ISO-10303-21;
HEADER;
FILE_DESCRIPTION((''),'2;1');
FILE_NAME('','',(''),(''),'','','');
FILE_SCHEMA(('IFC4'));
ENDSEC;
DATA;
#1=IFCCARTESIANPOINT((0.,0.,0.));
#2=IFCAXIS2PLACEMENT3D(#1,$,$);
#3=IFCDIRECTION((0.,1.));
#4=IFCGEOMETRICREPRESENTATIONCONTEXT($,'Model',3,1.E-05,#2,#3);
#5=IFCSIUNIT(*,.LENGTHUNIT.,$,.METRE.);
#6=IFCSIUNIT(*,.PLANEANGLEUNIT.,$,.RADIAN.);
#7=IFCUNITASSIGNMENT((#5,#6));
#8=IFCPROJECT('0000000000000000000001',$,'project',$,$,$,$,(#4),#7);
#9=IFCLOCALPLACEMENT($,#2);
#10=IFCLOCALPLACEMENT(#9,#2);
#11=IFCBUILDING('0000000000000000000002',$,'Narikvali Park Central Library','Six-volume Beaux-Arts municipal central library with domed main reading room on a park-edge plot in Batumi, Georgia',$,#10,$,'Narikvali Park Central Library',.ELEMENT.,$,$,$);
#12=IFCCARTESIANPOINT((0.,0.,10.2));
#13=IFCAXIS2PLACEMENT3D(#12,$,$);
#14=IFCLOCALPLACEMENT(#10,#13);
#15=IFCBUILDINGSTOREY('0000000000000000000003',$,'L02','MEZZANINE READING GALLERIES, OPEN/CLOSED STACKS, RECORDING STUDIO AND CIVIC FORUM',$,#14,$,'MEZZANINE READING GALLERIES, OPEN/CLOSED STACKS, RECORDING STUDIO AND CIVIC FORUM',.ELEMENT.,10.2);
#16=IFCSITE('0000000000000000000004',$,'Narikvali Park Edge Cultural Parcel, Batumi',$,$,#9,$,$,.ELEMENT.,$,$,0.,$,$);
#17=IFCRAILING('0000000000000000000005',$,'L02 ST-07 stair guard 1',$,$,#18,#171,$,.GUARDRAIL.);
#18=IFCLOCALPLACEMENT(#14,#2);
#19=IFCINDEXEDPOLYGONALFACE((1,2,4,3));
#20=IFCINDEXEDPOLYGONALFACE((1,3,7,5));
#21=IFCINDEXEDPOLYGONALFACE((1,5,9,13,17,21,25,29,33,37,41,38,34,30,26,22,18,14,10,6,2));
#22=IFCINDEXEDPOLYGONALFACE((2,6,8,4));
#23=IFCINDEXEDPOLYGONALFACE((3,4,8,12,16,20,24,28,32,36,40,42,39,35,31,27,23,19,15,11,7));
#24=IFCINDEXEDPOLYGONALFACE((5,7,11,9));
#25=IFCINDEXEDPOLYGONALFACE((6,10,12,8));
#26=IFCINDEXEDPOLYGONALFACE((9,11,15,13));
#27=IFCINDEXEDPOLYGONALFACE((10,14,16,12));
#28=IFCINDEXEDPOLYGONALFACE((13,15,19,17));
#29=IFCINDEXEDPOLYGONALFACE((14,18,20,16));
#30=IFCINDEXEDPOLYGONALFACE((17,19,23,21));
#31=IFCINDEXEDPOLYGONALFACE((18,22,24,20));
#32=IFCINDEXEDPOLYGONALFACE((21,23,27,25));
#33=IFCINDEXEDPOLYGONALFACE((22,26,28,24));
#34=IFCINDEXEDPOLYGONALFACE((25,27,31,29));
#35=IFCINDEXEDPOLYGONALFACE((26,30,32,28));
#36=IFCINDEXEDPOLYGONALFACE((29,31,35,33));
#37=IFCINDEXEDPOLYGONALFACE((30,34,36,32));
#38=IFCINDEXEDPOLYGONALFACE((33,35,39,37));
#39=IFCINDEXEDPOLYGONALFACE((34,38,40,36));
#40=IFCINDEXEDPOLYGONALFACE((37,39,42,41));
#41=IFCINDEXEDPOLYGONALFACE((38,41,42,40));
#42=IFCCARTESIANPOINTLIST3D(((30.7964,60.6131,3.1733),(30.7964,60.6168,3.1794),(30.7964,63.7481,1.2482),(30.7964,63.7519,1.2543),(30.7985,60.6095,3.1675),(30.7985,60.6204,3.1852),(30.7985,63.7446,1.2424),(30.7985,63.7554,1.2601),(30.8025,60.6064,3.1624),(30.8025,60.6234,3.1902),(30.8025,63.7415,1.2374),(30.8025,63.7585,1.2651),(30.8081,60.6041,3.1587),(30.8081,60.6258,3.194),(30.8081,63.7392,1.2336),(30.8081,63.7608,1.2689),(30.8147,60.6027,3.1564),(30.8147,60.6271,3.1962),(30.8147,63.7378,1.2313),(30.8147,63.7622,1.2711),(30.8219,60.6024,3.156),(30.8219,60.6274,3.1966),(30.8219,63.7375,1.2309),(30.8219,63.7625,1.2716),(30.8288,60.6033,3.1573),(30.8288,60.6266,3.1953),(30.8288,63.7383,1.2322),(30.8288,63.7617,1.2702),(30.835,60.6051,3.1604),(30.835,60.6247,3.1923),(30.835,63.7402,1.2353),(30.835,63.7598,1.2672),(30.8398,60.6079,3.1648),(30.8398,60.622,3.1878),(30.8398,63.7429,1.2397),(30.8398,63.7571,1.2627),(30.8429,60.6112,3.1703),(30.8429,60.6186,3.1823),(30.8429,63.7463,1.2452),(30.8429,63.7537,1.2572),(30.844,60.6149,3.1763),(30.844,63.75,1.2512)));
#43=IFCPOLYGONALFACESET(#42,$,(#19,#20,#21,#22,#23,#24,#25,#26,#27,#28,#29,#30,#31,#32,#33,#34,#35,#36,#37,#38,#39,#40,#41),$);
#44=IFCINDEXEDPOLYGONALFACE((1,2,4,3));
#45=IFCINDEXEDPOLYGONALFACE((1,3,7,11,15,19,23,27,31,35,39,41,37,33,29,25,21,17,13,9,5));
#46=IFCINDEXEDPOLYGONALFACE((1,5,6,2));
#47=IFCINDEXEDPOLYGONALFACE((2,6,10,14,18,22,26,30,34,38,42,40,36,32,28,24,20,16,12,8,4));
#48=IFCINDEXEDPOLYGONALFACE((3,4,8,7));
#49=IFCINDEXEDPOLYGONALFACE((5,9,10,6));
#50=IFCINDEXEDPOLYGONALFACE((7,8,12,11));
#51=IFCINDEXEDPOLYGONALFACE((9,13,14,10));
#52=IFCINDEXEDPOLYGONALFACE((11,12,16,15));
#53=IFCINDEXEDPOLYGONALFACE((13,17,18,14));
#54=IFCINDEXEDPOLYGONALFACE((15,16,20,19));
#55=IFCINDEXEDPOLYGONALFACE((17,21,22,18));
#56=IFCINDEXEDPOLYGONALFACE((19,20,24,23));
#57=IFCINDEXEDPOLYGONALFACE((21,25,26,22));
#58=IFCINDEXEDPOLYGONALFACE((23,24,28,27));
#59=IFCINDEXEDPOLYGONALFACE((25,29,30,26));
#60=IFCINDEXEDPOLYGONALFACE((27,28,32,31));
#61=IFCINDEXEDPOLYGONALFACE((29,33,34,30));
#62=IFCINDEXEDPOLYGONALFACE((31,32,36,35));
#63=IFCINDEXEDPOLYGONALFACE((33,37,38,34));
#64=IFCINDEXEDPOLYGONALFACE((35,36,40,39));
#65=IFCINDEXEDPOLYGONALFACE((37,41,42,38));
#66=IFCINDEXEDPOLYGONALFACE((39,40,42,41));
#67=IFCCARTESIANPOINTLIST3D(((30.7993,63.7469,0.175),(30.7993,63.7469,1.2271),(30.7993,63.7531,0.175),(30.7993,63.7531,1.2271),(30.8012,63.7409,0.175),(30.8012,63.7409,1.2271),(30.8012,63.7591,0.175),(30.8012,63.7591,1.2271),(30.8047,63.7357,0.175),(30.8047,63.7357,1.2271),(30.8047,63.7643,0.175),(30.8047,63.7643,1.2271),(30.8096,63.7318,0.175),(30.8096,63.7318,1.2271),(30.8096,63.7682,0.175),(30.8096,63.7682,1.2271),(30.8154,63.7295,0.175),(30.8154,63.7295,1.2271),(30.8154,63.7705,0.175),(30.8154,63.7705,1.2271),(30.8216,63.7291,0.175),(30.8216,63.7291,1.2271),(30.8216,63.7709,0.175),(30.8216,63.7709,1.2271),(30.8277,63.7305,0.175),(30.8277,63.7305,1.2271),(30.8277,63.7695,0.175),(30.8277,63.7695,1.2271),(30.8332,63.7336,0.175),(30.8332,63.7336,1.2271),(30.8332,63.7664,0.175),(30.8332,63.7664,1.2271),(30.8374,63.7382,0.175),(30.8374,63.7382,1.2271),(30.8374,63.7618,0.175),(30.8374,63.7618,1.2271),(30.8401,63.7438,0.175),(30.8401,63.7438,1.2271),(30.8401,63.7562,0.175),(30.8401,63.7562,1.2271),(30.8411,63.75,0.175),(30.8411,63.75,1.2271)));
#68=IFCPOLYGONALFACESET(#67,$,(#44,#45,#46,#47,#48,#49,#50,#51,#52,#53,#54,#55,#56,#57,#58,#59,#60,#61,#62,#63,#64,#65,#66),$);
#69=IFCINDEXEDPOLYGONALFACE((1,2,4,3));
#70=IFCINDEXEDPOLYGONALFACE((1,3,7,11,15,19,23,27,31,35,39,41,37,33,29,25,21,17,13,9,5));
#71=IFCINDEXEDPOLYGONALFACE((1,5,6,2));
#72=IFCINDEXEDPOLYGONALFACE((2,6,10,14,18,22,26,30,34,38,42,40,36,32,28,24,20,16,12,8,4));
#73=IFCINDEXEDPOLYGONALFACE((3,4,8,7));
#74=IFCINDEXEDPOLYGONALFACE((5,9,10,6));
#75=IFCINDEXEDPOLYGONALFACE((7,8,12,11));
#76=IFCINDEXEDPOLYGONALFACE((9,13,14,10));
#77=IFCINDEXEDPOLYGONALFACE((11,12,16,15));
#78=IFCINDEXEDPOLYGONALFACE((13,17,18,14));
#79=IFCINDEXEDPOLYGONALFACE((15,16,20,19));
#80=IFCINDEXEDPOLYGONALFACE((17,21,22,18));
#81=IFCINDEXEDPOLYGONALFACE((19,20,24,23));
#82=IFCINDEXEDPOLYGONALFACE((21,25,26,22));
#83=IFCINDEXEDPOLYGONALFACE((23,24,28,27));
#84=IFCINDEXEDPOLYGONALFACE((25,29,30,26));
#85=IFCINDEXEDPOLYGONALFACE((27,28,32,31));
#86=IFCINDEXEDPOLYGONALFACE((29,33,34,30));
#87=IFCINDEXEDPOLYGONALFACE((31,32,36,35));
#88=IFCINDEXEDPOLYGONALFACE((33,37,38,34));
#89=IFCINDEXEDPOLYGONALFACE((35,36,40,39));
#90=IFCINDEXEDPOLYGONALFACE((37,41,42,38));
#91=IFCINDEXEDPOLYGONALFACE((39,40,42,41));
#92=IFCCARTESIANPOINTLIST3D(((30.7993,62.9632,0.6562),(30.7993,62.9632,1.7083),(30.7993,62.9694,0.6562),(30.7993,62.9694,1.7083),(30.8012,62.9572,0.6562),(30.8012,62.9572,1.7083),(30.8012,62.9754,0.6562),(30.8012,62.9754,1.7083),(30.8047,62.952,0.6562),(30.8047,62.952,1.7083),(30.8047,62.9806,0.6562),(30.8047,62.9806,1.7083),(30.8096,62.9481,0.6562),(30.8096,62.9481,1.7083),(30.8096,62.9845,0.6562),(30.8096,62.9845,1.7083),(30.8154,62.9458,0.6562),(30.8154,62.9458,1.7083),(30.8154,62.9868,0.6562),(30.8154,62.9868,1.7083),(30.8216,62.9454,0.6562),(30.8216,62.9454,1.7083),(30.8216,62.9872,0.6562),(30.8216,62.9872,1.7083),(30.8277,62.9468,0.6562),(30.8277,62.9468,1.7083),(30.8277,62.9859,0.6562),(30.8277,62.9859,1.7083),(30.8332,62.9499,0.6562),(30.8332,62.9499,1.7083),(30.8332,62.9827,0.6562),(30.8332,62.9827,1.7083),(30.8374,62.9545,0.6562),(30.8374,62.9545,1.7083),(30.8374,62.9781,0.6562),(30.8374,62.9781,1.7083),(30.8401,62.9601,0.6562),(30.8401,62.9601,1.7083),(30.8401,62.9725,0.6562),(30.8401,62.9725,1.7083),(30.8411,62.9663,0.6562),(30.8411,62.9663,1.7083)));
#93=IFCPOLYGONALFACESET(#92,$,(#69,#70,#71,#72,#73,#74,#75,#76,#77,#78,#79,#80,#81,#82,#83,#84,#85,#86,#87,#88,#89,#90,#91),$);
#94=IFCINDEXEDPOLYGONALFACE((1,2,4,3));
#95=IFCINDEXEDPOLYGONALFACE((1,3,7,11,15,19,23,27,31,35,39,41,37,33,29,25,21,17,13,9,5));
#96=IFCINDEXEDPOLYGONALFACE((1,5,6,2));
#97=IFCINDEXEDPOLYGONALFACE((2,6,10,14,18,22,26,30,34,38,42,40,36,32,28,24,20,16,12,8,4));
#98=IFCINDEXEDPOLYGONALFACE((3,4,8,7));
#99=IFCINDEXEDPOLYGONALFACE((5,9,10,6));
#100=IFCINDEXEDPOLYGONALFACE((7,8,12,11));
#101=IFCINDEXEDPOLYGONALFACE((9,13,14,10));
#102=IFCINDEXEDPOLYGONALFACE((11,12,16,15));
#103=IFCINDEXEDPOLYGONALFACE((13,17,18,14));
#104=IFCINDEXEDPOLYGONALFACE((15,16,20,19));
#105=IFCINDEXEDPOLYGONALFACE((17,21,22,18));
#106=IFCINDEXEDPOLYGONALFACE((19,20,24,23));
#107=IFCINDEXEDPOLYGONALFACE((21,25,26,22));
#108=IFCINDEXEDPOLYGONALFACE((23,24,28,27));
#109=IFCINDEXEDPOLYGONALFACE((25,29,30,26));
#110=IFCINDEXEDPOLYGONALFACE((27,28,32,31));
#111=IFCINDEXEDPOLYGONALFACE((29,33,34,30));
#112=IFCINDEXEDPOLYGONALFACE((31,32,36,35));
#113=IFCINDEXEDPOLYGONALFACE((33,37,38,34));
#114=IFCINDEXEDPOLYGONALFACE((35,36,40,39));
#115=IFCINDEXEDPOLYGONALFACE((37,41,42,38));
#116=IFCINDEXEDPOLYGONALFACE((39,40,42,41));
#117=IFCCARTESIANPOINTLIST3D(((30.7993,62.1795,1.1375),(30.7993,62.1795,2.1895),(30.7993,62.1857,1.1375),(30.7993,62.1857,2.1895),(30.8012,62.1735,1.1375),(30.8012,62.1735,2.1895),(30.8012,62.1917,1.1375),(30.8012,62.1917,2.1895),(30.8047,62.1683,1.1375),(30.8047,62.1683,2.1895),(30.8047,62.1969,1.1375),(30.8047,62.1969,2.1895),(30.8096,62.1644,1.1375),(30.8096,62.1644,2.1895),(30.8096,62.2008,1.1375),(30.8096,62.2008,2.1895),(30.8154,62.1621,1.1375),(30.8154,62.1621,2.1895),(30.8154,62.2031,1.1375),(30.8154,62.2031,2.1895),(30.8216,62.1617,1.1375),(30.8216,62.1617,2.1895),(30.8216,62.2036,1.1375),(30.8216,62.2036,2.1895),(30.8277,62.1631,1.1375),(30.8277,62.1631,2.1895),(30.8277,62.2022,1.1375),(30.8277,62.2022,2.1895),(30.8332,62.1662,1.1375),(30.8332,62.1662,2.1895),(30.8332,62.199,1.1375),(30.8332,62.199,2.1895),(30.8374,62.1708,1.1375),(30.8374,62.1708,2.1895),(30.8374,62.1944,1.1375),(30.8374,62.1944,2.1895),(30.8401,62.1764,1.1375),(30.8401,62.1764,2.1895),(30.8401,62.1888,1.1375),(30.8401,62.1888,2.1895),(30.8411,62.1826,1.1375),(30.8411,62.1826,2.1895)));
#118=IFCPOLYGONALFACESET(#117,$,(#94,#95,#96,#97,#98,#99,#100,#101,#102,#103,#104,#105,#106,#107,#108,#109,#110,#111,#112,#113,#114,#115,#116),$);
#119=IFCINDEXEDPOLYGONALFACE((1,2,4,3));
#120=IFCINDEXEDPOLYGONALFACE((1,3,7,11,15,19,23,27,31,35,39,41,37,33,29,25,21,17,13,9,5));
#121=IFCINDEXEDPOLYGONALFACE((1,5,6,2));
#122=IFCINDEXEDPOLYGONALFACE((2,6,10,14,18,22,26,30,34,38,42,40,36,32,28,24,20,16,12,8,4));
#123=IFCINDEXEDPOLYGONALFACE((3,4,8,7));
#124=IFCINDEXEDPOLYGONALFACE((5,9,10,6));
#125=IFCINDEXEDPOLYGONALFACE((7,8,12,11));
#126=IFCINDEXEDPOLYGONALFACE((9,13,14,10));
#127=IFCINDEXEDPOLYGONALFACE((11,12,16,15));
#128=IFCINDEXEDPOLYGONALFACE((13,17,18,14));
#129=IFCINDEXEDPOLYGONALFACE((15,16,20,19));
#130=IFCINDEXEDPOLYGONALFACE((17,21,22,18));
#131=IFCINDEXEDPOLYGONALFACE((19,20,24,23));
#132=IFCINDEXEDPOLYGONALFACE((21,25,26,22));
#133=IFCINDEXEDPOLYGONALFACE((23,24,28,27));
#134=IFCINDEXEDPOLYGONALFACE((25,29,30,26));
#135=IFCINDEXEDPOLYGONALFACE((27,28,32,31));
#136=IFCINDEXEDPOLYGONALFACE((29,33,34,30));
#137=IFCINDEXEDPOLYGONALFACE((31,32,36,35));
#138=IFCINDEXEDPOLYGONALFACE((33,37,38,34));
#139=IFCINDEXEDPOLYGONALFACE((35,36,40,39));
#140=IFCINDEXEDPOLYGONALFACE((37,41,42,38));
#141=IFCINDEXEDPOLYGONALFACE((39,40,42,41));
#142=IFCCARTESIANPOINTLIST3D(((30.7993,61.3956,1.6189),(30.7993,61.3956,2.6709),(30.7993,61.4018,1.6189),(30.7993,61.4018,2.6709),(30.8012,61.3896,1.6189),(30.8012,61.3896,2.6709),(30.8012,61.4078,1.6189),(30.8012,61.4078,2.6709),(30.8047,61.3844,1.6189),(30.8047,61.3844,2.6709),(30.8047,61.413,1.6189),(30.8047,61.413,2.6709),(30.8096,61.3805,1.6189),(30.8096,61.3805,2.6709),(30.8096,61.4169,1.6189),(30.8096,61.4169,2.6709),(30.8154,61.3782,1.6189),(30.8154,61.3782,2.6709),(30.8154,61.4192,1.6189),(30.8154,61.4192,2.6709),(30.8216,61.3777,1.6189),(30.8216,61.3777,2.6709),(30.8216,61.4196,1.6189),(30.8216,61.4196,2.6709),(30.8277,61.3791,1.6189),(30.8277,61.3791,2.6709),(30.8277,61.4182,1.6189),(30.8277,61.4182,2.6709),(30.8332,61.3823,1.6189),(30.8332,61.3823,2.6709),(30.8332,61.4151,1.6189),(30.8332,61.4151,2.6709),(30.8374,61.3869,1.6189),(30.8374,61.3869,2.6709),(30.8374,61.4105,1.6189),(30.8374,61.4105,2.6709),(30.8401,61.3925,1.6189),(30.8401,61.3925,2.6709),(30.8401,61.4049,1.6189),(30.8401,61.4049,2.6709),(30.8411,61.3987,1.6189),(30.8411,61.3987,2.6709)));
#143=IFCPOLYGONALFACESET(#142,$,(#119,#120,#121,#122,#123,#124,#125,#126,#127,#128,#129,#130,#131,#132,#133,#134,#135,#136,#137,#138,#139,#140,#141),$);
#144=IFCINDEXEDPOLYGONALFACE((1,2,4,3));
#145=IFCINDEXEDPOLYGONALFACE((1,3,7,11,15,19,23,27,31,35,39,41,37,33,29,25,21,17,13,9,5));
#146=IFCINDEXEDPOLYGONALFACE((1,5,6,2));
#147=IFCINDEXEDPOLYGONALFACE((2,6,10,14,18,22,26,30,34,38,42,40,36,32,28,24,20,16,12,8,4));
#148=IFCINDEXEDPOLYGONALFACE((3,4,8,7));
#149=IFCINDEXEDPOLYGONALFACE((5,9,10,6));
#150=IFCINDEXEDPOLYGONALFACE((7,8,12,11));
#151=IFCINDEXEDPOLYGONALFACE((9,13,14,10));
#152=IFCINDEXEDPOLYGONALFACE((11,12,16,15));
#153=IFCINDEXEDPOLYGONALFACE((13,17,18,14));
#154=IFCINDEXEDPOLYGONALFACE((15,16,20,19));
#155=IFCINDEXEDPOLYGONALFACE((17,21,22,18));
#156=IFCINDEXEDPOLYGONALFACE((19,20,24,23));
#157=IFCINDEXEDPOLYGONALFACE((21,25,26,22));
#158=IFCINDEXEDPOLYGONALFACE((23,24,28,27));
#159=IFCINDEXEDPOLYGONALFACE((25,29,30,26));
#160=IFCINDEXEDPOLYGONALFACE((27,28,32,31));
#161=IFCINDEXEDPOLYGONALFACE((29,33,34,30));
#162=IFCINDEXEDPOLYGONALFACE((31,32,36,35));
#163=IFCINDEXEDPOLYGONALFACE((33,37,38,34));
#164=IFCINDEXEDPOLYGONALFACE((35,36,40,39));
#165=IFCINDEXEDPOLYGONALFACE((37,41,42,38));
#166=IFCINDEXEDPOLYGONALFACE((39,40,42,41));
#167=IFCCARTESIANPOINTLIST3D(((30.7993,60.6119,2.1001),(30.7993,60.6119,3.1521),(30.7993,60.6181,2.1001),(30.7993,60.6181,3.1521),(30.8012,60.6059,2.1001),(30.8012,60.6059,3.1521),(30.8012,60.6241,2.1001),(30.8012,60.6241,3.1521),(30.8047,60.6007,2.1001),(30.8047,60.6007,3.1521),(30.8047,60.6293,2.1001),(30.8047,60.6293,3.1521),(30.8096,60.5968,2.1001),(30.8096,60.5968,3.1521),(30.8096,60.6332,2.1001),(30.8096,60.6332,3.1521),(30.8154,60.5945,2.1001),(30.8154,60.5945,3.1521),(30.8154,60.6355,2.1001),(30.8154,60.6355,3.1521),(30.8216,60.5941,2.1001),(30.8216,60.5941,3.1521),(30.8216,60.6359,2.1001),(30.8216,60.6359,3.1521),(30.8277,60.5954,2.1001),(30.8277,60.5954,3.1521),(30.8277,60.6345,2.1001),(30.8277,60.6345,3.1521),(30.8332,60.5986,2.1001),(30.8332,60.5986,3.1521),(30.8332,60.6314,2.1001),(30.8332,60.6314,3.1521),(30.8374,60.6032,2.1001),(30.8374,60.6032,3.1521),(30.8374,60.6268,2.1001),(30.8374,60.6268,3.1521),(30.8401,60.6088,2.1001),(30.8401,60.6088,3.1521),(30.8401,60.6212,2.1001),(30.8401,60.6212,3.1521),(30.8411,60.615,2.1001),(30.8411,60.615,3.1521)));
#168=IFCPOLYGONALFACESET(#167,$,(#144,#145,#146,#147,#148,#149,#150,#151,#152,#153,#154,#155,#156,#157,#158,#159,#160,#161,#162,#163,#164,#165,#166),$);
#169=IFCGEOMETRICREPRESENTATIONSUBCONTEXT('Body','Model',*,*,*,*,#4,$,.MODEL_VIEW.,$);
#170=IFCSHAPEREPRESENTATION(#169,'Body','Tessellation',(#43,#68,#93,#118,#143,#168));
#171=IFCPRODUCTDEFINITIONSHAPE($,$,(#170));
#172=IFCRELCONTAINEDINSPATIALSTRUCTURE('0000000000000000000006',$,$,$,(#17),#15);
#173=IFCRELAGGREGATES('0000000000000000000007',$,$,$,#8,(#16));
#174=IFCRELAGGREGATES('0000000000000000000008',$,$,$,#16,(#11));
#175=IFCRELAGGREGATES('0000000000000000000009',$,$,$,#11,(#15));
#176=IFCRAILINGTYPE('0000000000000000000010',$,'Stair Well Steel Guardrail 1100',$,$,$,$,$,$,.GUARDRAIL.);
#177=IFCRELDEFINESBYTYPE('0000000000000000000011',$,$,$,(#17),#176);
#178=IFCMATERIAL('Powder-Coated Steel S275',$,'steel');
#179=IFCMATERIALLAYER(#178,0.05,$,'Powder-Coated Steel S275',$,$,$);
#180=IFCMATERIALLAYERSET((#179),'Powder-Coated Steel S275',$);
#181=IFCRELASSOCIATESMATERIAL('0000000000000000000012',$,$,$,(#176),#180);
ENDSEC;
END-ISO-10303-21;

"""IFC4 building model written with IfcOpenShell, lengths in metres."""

from ifc_helpers import new_model, si_unit, direction, frame, origin, origin_2d, place, context, subcontext, project, spatial, circle, extrude, material, layer, layer_set, type_object, element, save


model = new_model("IFC4")

# Units and contexts
model_context = context("Model", 3, precision=1e-05, world=origin(), true_north=direction((0.0, 1.0)))
body_context = subcontext(model_context, "Body", "Model", "MODEL_VIEW")
ifc_project = project(units=[si_unit("LENGTHUNIT", "METRE"), si_unit("PLANEANGLEUNIT", "RADIAN")], contexts=[model_context])

# Site, building, storey
site_placement = place(None, origin())
site = spatial("IfcSite", under=ifc_project, at=site_placement, Name="Narikvali Park Edge Cultural Parcel, Batumi", CompositionType="ELEMENT", RefElevation=0.0)
building_placement = place(site_placement, origin())
building = spatial("IfcBuilding", under=site, at=building_placement, Name="Narikvali Park Central Library", Description="Six-volume Beaux-Arts municipal central library with domed main reading room on a park-edge plot in Batumi, Georgia", LongName="Narikvali Park Central Library", CompositionType="ELEMENT")
storey_placement = place(building_placement, frame((0.0, 0.0, 10.2)))
storey = spatial("IfcBuildingStorey", under=building, at=storey_placement, Name="L02", Description="MEZZANINE READING GALLERIES, OPEN/CLOSED STACKS, RECORDING STUDIO AND CIVIC FORUM", LongName="MEZZANINE READING GALLERIES, OPEN/CLOSED STACKS, RECORDING STUDIO AND CIVIC FORUM", CompositionType="ELEMENT", Elevation=10.2)

# Railing
ifc_material_1 = material(Name="Powder-Coated Steel S275", Category="steel")
ifc_layer_1 = layer(ifc_material_1, 0.05, Name="Powder-Coated Steel S275")
ifc_layer_set_1 = layer_set([ifc_layer_1], Name="Powder-Coated Steel S275")
railing_type = type_object("IfcRailingType", Name="Stair Well Steel Guardrail 1100", PredefinedType="GUARDRAIL", material=ifc_layer_set_1)
railing_1_placement = place(storey_placement, frame((30.8201, 63.75, 0.175)))
element("IfcRailing", 1, at=railing_1_placement, inside=storey, type_object=railing_type, Name="L02 ST-07 stair guard 1", PredefinedType="GUARDRAIL", context=body_context, shape_type="SweptSolid", body=[
    extrude(circle(Radius=0.0239, at=origin_2d()), frame((0.0, 0.0, 1.0762), z_axis=(0.0, -0.852166, 0.523271), x_axis=(1.0, 0.0, 0.0)), (0.0, 0.0, 1.0), 3.679),
    extrude(circle(Radius=0.021, at=origin_2d()), origin(), (0.0, 0.0, 1.0), 1.052),
    extrude(circle(Radius=0.021, at=origin_2d()), frame((0.0, -0.7837, 0.4812)), (0.0, 0.0, 1.0), 1.052),
    extrude(circle(Radius=0.021, at=origin_2d()), frame((0.0, -1.5674, 0.9624)), (0.0, 0.0, 1.0), 1.052),
    extrude(circle(Radius=0.021, at=origin_2d()), frame((0.0, -2.3513, 1.4438)), (0.0, 0.0, 1.0), 1.052),
    extrude(circle(Radius=0.021, at=origin_2d()), frame((0.0, -3.135, 1.925)), (0.0, 0.0, 1.0), 1.052),
])

save(model, "model.ifc")
